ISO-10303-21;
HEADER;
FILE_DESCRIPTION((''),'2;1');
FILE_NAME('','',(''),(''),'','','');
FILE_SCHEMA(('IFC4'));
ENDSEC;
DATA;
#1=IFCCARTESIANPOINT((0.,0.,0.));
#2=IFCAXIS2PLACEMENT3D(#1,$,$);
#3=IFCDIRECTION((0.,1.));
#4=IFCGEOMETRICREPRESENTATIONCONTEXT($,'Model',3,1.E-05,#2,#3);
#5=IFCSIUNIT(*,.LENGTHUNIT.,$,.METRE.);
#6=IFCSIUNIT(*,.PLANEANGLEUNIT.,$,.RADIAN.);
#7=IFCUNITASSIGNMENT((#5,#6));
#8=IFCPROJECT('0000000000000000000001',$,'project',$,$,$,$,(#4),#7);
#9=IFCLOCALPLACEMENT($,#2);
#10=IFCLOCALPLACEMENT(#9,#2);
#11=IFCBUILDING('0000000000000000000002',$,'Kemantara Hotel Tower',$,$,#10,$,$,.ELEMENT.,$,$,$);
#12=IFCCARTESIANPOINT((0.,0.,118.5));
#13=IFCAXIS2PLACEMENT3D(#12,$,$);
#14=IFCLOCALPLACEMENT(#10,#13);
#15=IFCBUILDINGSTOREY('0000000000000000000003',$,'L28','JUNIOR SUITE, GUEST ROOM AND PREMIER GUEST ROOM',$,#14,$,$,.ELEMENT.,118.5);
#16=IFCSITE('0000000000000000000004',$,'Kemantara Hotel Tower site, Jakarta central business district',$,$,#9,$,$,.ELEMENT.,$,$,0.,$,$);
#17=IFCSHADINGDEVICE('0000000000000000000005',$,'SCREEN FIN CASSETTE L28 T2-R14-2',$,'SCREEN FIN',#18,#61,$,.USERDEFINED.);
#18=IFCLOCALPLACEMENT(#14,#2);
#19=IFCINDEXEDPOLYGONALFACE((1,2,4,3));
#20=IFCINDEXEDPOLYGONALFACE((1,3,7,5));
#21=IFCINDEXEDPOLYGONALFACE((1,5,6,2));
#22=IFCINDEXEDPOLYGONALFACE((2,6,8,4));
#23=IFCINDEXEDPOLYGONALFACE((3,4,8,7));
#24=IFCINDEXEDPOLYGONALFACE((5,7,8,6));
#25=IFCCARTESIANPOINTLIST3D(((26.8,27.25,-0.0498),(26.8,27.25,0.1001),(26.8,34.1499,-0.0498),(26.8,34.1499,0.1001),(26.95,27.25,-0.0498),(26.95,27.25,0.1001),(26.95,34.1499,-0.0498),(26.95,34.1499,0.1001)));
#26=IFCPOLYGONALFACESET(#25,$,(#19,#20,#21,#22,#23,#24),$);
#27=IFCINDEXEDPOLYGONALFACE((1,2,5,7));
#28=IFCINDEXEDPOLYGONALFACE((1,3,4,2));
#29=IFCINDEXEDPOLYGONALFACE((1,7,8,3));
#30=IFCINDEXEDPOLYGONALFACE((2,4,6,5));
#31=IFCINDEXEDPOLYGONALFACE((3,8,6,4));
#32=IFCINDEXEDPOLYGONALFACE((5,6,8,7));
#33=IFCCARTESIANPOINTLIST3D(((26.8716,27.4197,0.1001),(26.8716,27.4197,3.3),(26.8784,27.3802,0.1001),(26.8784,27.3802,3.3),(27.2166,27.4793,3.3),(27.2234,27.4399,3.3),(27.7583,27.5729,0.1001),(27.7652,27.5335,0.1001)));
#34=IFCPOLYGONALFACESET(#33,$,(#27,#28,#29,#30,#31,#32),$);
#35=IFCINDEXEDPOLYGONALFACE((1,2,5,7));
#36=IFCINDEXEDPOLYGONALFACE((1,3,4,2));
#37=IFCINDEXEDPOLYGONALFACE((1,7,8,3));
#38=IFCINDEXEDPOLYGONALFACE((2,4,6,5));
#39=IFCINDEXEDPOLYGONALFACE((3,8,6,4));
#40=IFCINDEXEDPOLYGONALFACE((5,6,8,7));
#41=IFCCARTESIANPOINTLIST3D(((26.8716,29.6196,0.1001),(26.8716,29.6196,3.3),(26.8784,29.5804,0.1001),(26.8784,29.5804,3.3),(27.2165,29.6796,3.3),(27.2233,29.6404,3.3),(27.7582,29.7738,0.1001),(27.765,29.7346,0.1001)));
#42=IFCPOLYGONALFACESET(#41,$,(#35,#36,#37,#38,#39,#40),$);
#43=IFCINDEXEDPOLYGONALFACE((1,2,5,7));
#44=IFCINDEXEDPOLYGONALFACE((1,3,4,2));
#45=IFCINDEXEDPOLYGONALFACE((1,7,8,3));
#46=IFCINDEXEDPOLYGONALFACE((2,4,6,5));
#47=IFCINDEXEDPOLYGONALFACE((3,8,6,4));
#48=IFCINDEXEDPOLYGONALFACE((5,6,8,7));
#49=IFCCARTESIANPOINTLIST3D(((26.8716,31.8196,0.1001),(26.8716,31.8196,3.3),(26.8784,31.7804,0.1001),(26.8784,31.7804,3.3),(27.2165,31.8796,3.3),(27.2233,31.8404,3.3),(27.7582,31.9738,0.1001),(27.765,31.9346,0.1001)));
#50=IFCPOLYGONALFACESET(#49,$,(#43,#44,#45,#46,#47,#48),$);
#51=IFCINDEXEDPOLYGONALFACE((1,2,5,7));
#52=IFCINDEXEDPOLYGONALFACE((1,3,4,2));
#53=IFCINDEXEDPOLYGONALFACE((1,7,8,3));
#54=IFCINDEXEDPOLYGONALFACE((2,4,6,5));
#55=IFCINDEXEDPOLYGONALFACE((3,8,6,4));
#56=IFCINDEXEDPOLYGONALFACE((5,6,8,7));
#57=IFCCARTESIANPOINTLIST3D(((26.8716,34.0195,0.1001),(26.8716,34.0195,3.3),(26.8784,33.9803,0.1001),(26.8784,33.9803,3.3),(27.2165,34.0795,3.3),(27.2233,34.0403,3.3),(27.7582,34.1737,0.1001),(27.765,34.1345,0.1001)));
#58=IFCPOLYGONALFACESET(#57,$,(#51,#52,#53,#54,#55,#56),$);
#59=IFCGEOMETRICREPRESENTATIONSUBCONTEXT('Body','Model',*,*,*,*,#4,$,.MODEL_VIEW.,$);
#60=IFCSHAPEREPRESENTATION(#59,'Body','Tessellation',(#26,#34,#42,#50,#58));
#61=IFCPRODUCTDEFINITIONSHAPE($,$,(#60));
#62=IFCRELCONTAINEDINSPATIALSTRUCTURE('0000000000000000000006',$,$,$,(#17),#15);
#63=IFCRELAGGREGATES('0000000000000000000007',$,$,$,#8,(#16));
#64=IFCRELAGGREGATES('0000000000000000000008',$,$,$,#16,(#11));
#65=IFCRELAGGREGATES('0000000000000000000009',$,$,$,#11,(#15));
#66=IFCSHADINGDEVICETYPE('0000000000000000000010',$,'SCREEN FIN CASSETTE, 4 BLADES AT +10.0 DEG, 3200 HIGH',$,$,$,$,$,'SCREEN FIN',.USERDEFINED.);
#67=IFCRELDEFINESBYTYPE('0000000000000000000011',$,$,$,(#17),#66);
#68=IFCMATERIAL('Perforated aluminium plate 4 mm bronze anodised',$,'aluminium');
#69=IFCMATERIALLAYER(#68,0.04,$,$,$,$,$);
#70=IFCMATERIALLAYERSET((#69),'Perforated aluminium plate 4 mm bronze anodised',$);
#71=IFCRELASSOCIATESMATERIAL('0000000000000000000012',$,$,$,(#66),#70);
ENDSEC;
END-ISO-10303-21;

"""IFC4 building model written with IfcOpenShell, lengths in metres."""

from ifc_helpers import new_model, si_unit, direction, frame, origin, origin_2d, place, context, subcontext, project, spatial, polyline, rectangle, outline, extrude, source, transform, mapped, material, layer, layer_set, type_object, element, save


model = new_model("IFC4")

# Units and contexts
model_context = context("Model", 3, precision=1e-05, world=origin(), true_north=direction((0.0, 1.0)))
body_context = subcontext(model_context, "Body", "Model", "MODEL_VIEW")
ifc_project = project(units=[si_unit("LENGTHUNIT", "METRE"), si_unit("PLANEANGLEUNIT", "RADIAN")], contexts=[model_context])

# Site, building, storey
site_placement = place(None, origin())
site = spatial("IfcSite", under=ifc_project, at=site_placement, Name="Kemantara Hotel Tower site, Jakarta central business district", CompositionType="ELEMENT", RefElevation=0.0)
building_placement = place(site_placement, origin())
building = spatial("IfcBuilding", under=site, at=building_placement, Name="Kemantara Hotel Tower", CompositionType="ELEMENT")
storey_placement = place(building_placement, frame((0.0, 0.0, 118.5)))
storey = spatial("IfcBuildingStorey", under=building, at=storey_placement, Name="L28", Description="JUNIOR SUITE, GUEST ROOM AND PREMIER GUEST ROOM", CompositionType="ELEMENT", Elevation=118.5)

# Shading device
ifc_material_1 = material(Name="Perforated aluminium plate 4 mm bronze anodised", Category="aluminium")
ifc_layer_1 = layer(ifc_material_1, 0.04)
ifc_layer_set_1 = layer_set([ifc_layer_1], Name="Perforated aluminium plate 4 mm bronze anodised")
shading_device_type_1 = type_object("IfcShadingDeviceType", Name="SCREEN FIN CASSETTE, 4 BLADES AT +10.0 DEG, 3200 HIGH", ElementType="SCREEN FIN", PredefinedType="USERDEFINED", material=ifc_layer_set_1)
shared_shape_1 = source(origin(), body_context, "Body", "SweptSolid", [
    extrude(rectangle(XDim=6.8999, YDim=0.1499, at=origin_2d()), frame((3.3, -0.075, -0.1499), z_axis=(0.0, 0.0, 1.0), x_axis=(1.0, 0.0, 0.0)), (0.0, 0.0, 1.0), 0.1499),
    extrude(outline(polyline([(0.0, 0.0), (0.8999, 0.0), (0.3501, 3.2), (0.0, 3.2), (0.0, 0.0)])), frame((0.0198, -0.0715, 0.0), z_axis=(-0.98539, -0.170314, 0.0), x_axis=(0.170314, -0.98539, 0.0)), (0.0, 0.0, 1.0), 0.04),
    extrude(outline(polyline([(0.0, 0.0), (0.8999, 0.0), (0.3501, 3.2), (0.0, 3.2), (0.0, 0.0)])), frame((2.2197, -0.0715, 0.0), z_axis=(-0.985212, -0.171341, 0.0), x_axis=(0.171341, -0.985212, 0.0)), (0.0, 0.0, 1.0), 0.0398),
    extrude(outline(polyline([(0.0, 0.0), (0.8999, 0.0), (0.3501, 3.2), (0.0, 3.2), (0.0, 0.0)])), frame((4.4197, -0.0715, 0.0), z_axis=(-0.985212, -0.171341, 0.0), x_axis=(0.171341, -0.985212, 0.0)), (0.0, 0.0, 1.0), 0.0398),
    extrude(outline(polyline([(0.0, 0.0), (0.8999, 0.0), (0.3501, 3.2), (0.0, 3.2), (0.0, 0.0)])), frame((6.6196, -0.0715, 0.0), z_axis=(-0.985212, -0.171341, 0.0), x_axis=(0.171341, -0.985212, 0.0)), (0.0, 0.0, 1.0), 0.0398),
])
shading_device_1_placement = place(storey_placement, frame((26.8, 27.3999, 0.1001), z_axis=(0.0, 0.0, 1.0), x_axis=(0.0, 1.0, 0.0)))
element("IfcShadingDevice", 1, at=shading_device_1_placement, inside=storey, type_object=shading_device_type_1, Name="SCREEN FIN CASSETTE L28 T2-R14-2", ObjectType="SCREEN FIN", PredefinedType="USERDEFINED", context=body_context, shape_type="MappedRepresentation", body=[
    mapped(shared_shape_1, transform((0.0, 0.0, 0.0))),
])

save(model, "model.ifc")
